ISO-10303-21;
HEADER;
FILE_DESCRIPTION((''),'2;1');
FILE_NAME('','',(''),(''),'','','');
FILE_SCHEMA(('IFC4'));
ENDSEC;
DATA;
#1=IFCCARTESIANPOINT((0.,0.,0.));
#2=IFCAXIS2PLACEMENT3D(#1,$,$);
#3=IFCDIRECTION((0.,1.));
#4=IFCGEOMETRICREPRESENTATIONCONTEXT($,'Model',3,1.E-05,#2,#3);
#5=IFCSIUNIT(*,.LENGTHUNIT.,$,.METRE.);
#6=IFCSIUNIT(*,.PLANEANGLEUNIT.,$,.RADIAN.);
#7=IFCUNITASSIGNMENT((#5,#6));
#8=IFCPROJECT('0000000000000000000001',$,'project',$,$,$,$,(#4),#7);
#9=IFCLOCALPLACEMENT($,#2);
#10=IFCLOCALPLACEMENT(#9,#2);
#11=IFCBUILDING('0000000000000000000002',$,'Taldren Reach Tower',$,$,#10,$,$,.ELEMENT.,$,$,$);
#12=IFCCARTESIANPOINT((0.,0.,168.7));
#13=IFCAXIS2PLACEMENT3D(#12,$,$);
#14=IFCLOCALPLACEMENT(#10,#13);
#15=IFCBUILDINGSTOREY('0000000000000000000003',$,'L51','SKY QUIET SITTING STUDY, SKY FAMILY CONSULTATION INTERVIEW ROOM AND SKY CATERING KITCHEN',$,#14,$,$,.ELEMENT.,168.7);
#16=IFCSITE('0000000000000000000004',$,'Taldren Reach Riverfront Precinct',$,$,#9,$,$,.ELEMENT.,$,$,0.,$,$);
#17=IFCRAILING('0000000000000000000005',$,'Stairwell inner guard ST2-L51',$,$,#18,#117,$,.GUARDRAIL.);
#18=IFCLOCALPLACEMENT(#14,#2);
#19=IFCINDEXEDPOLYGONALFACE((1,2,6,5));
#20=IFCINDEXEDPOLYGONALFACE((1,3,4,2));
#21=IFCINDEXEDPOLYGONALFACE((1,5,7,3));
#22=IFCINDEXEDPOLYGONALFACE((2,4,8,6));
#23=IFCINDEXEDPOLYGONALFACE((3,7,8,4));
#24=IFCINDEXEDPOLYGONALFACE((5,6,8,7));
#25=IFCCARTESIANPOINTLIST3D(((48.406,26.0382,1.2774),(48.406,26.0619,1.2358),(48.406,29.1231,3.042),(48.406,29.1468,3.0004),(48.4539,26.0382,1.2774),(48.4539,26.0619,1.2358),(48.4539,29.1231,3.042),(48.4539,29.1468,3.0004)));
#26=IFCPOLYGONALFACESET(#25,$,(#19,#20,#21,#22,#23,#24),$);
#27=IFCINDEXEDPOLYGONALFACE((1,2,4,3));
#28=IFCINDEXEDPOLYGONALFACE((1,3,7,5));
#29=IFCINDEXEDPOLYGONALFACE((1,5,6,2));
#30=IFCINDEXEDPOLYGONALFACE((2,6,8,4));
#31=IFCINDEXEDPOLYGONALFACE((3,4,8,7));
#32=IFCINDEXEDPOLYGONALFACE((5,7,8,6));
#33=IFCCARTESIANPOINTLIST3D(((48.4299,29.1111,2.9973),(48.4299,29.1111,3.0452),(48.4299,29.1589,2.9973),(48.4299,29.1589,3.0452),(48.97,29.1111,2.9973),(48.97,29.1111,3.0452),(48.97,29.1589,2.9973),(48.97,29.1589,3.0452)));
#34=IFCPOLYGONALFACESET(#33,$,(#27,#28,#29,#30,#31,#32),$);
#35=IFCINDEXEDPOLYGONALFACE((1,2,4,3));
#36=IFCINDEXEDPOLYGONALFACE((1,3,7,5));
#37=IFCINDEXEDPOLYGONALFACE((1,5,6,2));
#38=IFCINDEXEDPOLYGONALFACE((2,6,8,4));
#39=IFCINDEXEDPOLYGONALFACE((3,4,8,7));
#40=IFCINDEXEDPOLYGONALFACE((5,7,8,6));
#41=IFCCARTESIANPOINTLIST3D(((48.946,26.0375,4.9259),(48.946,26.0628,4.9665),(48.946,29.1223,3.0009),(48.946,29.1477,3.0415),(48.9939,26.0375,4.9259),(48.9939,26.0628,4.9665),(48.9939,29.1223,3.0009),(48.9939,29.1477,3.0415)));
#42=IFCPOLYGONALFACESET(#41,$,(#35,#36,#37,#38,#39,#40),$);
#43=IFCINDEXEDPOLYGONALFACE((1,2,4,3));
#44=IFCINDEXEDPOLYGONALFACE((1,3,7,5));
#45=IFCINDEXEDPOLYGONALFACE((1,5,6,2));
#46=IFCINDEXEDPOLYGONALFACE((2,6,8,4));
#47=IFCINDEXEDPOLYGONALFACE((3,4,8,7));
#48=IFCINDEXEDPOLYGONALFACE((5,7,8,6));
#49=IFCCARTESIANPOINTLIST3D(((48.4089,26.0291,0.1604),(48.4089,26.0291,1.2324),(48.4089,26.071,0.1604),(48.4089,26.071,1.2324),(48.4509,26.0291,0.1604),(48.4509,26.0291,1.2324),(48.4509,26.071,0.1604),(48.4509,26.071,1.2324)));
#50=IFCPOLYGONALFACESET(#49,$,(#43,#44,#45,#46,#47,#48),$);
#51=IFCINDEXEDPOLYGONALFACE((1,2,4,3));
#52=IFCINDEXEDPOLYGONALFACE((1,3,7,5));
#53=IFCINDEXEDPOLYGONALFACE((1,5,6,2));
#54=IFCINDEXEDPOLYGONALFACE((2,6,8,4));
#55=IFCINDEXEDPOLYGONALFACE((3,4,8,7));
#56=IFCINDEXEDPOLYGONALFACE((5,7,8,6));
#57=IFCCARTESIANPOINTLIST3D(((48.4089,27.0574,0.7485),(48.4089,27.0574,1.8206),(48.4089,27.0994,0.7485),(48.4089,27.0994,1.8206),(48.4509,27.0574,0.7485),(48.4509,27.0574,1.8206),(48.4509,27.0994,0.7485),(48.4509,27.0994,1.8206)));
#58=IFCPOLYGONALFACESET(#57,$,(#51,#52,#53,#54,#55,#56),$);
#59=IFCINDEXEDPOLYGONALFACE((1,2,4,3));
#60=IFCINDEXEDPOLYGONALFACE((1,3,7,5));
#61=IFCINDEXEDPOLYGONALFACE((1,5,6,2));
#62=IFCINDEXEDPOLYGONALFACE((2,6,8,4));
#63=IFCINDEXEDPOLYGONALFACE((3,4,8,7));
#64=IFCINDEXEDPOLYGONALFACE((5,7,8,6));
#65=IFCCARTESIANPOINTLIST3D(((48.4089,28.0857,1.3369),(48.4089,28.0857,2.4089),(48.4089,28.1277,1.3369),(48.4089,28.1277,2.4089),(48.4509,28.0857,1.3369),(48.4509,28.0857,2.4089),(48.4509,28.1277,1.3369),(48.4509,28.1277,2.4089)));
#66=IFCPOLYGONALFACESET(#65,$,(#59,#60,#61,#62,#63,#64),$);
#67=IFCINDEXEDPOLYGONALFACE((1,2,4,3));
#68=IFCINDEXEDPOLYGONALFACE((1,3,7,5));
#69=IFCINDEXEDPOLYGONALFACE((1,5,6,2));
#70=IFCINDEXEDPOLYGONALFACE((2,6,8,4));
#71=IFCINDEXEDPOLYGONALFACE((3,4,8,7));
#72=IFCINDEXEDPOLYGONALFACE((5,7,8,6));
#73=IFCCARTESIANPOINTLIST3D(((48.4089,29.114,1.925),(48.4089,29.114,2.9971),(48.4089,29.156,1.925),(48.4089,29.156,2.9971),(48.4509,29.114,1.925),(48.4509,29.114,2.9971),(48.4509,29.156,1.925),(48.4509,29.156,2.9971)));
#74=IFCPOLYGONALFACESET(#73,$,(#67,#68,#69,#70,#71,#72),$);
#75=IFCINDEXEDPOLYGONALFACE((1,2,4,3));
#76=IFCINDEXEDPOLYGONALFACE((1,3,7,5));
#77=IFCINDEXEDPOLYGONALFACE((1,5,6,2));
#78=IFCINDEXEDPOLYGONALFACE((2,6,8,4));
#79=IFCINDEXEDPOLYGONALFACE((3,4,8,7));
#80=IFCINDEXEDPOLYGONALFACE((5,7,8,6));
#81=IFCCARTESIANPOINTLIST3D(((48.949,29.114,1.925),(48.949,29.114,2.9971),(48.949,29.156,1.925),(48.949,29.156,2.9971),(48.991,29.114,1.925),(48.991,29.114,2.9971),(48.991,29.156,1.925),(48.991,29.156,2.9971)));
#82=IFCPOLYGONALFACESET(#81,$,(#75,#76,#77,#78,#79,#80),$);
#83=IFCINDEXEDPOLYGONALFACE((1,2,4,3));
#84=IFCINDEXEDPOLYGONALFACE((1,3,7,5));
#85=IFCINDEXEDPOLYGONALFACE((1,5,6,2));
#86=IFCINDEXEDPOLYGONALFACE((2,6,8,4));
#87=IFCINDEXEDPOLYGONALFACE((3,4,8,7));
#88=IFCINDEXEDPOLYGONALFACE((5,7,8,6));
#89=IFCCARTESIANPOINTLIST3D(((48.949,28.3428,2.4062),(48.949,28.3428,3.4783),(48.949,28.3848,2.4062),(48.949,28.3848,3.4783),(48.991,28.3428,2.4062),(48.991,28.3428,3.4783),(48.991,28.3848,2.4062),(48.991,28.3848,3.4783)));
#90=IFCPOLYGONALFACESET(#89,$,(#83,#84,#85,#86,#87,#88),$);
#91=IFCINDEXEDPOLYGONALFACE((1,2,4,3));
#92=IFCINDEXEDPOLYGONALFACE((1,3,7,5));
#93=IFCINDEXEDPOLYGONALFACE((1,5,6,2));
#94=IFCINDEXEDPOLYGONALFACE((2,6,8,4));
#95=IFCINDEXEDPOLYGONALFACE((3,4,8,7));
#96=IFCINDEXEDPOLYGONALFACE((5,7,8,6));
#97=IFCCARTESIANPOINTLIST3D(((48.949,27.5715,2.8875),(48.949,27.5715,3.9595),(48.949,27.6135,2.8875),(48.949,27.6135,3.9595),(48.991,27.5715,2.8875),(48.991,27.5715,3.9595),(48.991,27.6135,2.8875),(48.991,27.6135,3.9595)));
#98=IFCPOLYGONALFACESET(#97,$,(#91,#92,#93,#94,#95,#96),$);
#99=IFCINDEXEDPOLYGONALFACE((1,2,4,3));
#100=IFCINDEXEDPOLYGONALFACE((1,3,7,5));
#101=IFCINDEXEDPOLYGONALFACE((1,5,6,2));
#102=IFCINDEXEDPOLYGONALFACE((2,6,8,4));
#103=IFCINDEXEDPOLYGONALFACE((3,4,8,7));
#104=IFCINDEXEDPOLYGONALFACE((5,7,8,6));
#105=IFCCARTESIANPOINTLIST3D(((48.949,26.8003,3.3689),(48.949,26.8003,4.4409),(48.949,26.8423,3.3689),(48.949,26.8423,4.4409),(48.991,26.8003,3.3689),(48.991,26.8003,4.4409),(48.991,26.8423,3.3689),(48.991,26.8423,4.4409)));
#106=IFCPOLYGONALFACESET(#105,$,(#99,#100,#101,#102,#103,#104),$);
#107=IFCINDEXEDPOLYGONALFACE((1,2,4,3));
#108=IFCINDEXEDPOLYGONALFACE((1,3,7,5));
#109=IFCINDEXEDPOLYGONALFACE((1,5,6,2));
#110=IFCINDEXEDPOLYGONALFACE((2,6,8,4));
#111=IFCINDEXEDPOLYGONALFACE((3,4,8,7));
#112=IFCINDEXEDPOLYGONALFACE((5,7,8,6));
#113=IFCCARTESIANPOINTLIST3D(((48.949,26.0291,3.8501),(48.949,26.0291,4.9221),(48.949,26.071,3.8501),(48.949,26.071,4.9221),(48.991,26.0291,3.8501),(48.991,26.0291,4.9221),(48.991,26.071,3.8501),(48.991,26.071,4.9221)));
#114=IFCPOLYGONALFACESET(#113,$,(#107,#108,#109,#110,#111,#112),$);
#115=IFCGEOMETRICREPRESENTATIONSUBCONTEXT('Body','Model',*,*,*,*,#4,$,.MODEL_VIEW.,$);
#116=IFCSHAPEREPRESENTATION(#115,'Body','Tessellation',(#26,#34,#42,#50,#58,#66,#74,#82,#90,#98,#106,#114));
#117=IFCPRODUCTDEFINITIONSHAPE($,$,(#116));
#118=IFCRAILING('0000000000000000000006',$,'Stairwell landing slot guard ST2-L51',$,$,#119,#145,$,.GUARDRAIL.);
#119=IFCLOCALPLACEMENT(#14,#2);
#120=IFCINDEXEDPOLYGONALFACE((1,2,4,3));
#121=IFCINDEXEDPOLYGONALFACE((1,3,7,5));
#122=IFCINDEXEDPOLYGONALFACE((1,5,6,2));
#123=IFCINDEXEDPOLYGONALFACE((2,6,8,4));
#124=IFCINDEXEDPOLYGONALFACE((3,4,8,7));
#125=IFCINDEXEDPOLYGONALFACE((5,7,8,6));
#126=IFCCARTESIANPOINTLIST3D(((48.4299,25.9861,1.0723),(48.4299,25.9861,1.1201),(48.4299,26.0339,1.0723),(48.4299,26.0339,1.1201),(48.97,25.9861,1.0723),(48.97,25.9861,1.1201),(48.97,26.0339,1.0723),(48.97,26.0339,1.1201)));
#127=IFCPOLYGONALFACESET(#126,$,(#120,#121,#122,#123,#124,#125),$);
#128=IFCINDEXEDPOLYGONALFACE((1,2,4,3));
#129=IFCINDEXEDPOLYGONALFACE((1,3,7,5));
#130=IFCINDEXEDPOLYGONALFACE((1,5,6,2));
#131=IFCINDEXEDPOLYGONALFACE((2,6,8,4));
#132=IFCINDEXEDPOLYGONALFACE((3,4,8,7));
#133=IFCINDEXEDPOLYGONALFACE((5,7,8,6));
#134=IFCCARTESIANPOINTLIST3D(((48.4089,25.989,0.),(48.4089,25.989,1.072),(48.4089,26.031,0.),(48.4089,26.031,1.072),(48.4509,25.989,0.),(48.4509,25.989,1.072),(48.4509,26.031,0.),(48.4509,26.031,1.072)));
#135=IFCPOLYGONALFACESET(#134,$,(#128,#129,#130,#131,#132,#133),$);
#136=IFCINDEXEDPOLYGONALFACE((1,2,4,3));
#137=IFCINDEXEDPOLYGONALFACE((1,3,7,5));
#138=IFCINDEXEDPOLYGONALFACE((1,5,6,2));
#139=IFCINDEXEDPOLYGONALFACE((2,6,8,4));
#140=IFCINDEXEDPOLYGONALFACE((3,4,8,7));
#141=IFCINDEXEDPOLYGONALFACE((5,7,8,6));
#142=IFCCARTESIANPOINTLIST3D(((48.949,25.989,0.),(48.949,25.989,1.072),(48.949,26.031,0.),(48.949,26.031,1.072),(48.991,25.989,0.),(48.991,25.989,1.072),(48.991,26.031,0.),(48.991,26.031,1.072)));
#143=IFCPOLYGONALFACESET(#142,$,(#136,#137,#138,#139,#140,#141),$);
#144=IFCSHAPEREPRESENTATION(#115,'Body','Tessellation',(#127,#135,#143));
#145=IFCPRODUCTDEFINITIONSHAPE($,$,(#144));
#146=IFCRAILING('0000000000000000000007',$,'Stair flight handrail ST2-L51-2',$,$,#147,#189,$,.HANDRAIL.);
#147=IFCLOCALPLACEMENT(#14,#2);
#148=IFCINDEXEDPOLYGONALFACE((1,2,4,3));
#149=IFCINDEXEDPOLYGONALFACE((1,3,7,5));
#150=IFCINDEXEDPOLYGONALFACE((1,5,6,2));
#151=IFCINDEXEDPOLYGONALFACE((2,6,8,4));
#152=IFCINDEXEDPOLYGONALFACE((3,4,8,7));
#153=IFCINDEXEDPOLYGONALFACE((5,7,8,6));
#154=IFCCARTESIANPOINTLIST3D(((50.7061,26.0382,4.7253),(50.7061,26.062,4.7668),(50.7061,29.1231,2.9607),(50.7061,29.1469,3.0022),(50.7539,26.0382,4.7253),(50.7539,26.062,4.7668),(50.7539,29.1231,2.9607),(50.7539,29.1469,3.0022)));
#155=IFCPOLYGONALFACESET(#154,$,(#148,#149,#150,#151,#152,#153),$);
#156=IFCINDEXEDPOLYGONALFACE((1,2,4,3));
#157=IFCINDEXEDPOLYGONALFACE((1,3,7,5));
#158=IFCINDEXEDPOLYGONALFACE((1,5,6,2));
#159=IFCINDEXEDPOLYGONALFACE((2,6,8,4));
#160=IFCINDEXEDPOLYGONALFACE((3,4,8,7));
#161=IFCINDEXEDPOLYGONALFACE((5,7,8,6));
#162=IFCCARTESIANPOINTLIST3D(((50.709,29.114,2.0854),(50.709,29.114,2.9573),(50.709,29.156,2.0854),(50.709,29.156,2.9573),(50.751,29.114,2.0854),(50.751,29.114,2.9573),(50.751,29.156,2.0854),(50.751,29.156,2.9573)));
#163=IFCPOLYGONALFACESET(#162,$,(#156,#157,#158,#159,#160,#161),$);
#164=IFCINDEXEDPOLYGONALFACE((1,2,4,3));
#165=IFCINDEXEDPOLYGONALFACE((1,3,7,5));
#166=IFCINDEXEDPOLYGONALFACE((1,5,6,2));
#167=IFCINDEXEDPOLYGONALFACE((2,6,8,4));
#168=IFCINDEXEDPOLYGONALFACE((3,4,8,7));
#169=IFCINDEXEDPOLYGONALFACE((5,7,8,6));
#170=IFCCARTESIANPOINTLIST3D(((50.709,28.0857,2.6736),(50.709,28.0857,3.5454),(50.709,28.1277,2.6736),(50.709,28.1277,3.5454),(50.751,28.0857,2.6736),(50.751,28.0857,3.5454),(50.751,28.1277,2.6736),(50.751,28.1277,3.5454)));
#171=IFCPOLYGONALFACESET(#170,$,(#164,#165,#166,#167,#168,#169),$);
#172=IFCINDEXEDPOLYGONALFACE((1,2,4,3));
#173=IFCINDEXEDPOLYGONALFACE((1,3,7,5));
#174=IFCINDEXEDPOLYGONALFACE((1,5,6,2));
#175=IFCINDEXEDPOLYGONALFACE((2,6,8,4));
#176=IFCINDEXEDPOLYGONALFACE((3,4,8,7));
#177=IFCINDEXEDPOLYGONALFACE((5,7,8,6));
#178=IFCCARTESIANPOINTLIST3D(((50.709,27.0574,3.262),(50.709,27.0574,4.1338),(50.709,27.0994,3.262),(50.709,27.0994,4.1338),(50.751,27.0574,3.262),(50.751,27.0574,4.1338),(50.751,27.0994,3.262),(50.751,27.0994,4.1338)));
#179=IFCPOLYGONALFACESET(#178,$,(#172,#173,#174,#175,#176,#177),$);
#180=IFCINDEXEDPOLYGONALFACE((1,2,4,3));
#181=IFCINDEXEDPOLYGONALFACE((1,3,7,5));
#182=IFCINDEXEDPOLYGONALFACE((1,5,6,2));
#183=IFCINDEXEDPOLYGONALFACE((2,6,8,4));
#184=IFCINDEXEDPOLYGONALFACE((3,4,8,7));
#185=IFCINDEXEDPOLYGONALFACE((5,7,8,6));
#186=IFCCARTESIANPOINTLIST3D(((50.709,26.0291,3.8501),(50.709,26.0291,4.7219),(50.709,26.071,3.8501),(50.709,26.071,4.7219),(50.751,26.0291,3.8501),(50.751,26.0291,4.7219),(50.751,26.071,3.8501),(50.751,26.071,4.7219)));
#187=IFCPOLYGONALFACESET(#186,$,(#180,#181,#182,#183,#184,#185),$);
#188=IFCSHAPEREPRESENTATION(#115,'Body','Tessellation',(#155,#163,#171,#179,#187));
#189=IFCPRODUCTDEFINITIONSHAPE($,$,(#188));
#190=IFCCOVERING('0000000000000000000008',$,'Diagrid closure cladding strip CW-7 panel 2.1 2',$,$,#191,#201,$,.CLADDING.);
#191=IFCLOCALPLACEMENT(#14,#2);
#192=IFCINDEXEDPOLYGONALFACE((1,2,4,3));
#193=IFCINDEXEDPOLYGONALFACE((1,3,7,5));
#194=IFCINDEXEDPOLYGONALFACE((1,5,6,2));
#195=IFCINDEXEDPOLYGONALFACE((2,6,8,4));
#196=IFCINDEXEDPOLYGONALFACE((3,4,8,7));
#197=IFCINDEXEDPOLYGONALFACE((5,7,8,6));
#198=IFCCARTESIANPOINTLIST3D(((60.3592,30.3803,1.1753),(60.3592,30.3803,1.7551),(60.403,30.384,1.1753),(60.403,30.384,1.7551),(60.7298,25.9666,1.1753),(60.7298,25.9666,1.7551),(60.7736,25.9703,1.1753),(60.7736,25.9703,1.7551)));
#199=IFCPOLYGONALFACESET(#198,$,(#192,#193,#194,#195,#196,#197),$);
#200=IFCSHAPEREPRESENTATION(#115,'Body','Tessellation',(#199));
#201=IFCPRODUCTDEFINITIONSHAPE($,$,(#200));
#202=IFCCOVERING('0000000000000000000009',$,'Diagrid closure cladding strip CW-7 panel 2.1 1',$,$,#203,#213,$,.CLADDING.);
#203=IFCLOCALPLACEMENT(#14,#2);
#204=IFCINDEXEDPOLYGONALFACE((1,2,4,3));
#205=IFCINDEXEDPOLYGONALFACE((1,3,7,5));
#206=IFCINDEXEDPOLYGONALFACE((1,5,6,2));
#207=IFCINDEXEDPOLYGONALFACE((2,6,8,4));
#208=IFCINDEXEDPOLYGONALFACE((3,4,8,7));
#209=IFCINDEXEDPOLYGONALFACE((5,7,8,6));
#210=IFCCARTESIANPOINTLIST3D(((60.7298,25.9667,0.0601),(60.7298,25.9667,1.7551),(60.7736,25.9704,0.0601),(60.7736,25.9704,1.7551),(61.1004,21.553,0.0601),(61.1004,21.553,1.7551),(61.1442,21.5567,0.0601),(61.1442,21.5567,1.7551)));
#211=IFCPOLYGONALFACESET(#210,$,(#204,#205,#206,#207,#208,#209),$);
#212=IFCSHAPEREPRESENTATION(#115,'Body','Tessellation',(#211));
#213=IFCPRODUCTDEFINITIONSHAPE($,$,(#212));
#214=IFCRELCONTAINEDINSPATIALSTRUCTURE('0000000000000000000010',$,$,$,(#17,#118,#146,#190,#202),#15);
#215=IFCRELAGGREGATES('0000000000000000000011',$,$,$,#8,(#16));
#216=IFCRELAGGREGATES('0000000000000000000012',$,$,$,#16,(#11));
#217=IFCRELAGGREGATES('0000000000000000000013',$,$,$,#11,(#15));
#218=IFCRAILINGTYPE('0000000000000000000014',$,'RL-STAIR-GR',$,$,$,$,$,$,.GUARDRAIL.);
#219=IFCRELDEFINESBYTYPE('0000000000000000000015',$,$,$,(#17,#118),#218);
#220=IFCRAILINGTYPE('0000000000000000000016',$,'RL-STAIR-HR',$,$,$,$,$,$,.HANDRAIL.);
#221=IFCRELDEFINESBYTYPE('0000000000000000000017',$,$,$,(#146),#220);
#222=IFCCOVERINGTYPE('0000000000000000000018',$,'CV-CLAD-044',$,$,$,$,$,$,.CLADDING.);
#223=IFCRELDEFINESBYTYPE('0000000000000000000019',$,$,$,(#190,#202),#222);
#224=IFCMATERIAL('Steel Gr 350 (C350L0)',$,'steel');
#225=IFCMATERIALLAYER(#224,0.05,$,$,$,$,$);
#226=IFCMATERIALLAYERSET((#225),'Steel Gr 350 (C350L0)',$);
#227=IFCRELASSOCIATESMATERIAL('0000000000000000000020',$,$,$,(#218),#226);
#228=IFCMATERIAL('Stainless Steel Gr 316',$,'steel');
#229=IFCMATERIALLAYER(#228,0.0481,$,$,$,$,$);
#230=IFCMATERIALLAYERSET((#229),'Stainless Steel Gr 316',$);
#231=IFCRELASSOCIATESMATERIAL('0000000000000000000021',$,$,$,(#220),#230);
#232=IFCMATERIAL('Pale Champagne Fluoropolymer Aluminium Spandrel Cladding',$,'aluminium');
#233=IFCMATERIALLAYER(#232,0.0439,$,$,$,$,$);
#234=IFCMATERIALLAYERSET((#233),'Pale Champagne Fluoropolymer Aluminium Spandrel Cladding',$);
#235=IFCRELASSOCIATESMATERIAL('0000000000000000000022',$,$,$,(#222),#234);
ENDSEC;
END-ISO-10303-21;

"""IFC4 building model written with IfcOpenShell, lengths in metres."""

from ifc_helpers import new_model, si_unit, direction, frame, origin, origin_2d, place, context, subcontext, project, spatial, rectangle, extrude, source, transform, mapped, material, layer, layer_set, type_object, element, save


model = new_model("IFC4")

# Units and contexts
model_context = context("Model", 3, precision=1e-05, world=origin(), true_north=direction((0.0, 1.0)))
body_context = subcontext(model_context, "Body", "Model", "MODEL_VIEW")
ifc_project = project(units=[si_unit("LENGTHUNIT", "METRE"), si_unit("PLANEANGLEUNIT", "RADIAN")], contexts=[model_context])

# Site, building, storey
site_placement = place(None, origin())
site = spatial("IfcSite", under=ifc_project, at=site_placement, Name="Taldren Reach Riverfront Precinct", CompositionType="ELEMENT", RefElevation=0.0)
building_placement = place(site_placement, origin())
building = spatial("IfcBuilding", under=site, at=building_placement, Name="Taldren Reach Tower", CompositionType="ELEMENT")
storey_placement = place(building_placement, frame((0.0, 0.0, 168.7)))
storey = spatial("IfcBuildingStorey", under=building, at=storey_placement, Name="L51", Description="SKY QUIET SITTING STUDY, SKY FAMILY CONSULTATION INTERVIEW ROOM AND SKY CATERING KITCHEN", CompositionType="ELEMENT", Elevation=168.7)

# Shared definitions
ifc_material_1 = material(Name="Steel Gr 350 (C350L0)", Category="steel")

# Railings
ifc_layer_1 = layer(ifc_material_1, 0.05)
ifc_layer_set_1 = layer_set([ifc_layer_1], Name="Steel Gr 350 (C350L0)")
railing_type_1 = type_object("IfcRailingType", Name="RL-STAIR-GR", PredefinedType="GUARDRAIL", material=ifc_layer_set_1)
railing_1_placement = place(storey_placement, frame((48.4299, 26.05, 0.1604)))
element("IfcRailing", 1, at=railing_1_placement, inside=storey, type_object=railing_type_1, Name="Stairwell inner guard ST2-L51", PredefinedType="GUARDRAIL", context=body_context, shape_type="SweptSolid", body=[
    extrude(rectangle(XDim=0.0479, YDim=0.0479, at=origin_2d()), frame((0.0, 0.0, 1.0962), z_axis=(0.0, 0.868023, 0.496524), x_axis=(-1.0, 0.0, 0.0)), (0.0, 0.0, 1.0), 3.554),
    extrude(rectangle(XDim=0.0479, YDim=0.0479, at=origin_2d()), frame((0.0, 3.085, 2.8608), z_axis=(1.0, 0.0, 0.0), x_axis=(0.0, 1.0, 0.0)), (0.0, 0.0, 1.0), 0.54),
    extrude(rectangle(XDim=0.0479, YDim=0.0479, at=origin_2d()), frame((0.54, 3.085, 2.8608), z_axis=(0.0, -0.848375, 0.529395), x_axis=(1.0, 0.0, 0.0)), (0.0, 0.0, 1.0), 3.6362),
    extrude(rectangle(XDim=0.042, YDim=0.042, at=origin_2d()), origin(), (0.0, 0.0, 1.0), 1.072),
    extrude(rectangle(XDim=0.042, YDim=0.042, at=origin_2d()), frame((0.0, 1.0283, 0.5881)), (0.0, 0.0, 1.0), 1.072),
    extrude(rectangle(XDim=0.042, YDim=0.042, at=origin_2d()), frame((0.0, 2.0566, 1.1765)), (0.0, 0.0, 1.0), 1.072),
    extrude(rectangle(XDim=0.042, YDim=0.042, at=origin_2d()), frame((0.0, 3.085, 1.7646)), (0.0, 0.0, 1.0), 1.072),
    extrude(rectangle(XDim=0.042, YDim=0.042, at=origin_2d()), frame((0.54, 3.085, 1.7646)), (0.0, 0.0, 1.0), 1.072),
    extrude(rectangle(XDim=0.042, YDim=0.042, at=origin_2d()), frame((0.54, 2.3137, 2.2458)), (0.0, 0.0, 1.0), 1.072),
    extrude(rectangle(XDim=0.042, YDim=0.042, at=origin_2d()), frame((0.54, 1.5425, 2.7271)), (0.0, 0.0, 1.0), 1.072),
    extrude(rectangle(XDim=0.042, YDim=0.042, at=origin_2d()), frame((0.54, 0.7712, 3.2085)), (0.0, 0.0, 1.0), 1.072),
    extrude(rectangle(XDim=0.042, YDim=0.042, at=origin_2d()), frame((0.54, 0.0, 3.6897)), (0.0, 0.0, 1.0), 1.072),
])
railing_2_placement = place(storey_placement, frame((48.4299, 26.01, 0.0)))
element("IfcRailing", 2, at=railing_2_placement, inside=storey, type_object=railing_type_1, Name="Stairwell landing slot guard ST2-L51", PredefinedType="GUARDRAIL", context=body_context, shape_type="SweptSolid", body=[
    extrude(rectangle(XDim=0.0479, YDim=0.0479, at=origin_2d()), frame((0.0, 0.0, 1.0962), z_axis=(1.0, 0.0, 0.0), x_axis=(0.0, 1.0, 0.0)), (0.0, 0.0, 1.0), 0.54),
    extrude(rectangle(XDim=0.042, YDim=0.042, at=origin_2d()), origin(), (0.0, 0.0, 1.0), 1.072),
    extrude(rectangle(XDim=0.042, YDim=0.042, at=origin_2d()), frame((0.54, 0.0, 0.0)), (0.0, 0.0, 1.0), 1.072),
])
ifc_material_2 = material(Name="Stainless Steel Gr 316", Category="steel")
ifc_layer_2 = layer(ifc_material_2, 0.0481)
ifc_layer_set_2 = layer_set([ifc_layer_2], Name="Stainless Steel Gr 316")
railing_type_2 = type_object("IfcRailingType", Name="RL-STAIR-HR", PredefinedType="HANDRAIL", material=ifc_layer_set_2)
railing_3_placement = place(storey_placement, frame((50.73, 29.135, 2.0854)))
element("IfcRailing", 3, at=railing_3_placement, inside=storey, type_object=railing_type_2, Name="Stair flight handrail ST2-L51-2", PredefinedType="HANDRAIL", context=body_context, shape_type="SweptSolid", body=[
    extrude(rectangle(XDim=0.0479, YDim=0.0479, at=origin_2d()), frame((0.0, 0.0, 0.896), z_axis=(0.0, -0.868023, 0.496524), x_axis=(1.0, 0.0, 0.0)), (0.0, 0.0, 1.0), 3.554),
    extrude(rectangle(XDim=0.042, YDim=0.042, at=origin_2d()), origin(), (0.0, 0.0, 1.0), 0.8718),
    extrude(rectangle(XDim=0.042, YDim=0.042, at=origin_2d()), frame((0.0, -1.0283, 0.5881)), (0.0, 0.0, 1.0), 0.8718),
    extrude(rectangle(XDim=0.042, YDim=0.042, at=origin_2d()), frame((0.0, -2.0566, 1.1765)), (0.0, 0.0, 1.0), 0.8718),
    extrude(rectangle(XDim=0.042, YDim=0.042, at=origin_2d()), frame((0.0, -3.085, 1.7646)), (0.0, 0.0, 1.0), 0.8718),
])

# Coverings
ifc_material_3 = material(Name="Pale Champagne Fluoropolymer Aluminium Spandrel Cladding", Category="aluminium")
ifc_layer_3 = layer(ifc_material_3, 0.0439)
ifc_layer_set_3 = layer_set([ifc_layer_3], Name="Pale Champagne Fluoropolymer Aluminium Spandrel Cladding")
covering_type = type_object("IfcCoveringType", Name="CV-CLAD-044", PredefinedType="CLADDING", material=ifc_layer_set_3)
shared_shape_1 = source(origin(), body_context, "Body", "SweptSolid", [
    extrude(rectangle(XDim=4.4292, YDim=0.0439, at=origin_2d()), origin(), (0.0, 0.0, 1.0), 0.5798),
])
covering_1_placement = place(storey_placement, frame((60.5664, 28.1753, 1.1753), z_axis=(0.0, 0.0, 1.0), x_axis=(-0.083678, 0.996493, 0.0)))
element("IfcCovering", 4, at=covering_1_placement, inside=storey, type_object=covering_type, Name="Diagrid closure cladding strip CW-7 panel 2.1 2", PredefinedType="CLADDING", context=body_context, shape_type="MappedRepresentation", body=[
    mapped(shared_shape_1, transform((0.0, 0.0, 0.0), scale=1.0)),
])
shared_shape_2 = source(origin(), body_context, "Body", "SweptSolid", [
    extrude(rectangle(XDim=4.4292, YDim=0.0439, at=origin_2d()), origin(), (0.0, 0.0, 1.0), 1.6951),
])
covering_2_placement = place(storey_placement, frame((60.937, 23.7617, 0.0601), z_axis=(0.0, 0.0, 1.0), x_axis=(-0.083678, 0.996493, 0.0)))
element("IfcCovering", 5, at=covering_2_placement, inside=storey, type_object=covering_type, Name="Diagrid closure cladding strip CW-7 panel 2.1 1", PredefinedType="CLADDING", context=body_context, shape_type="MappedRepresentation", body=[
    mapped(shared_shape_2, transform((0.0, 0.0, 0.0), scale=1.0)),
])

save(model, "model.ifc")
